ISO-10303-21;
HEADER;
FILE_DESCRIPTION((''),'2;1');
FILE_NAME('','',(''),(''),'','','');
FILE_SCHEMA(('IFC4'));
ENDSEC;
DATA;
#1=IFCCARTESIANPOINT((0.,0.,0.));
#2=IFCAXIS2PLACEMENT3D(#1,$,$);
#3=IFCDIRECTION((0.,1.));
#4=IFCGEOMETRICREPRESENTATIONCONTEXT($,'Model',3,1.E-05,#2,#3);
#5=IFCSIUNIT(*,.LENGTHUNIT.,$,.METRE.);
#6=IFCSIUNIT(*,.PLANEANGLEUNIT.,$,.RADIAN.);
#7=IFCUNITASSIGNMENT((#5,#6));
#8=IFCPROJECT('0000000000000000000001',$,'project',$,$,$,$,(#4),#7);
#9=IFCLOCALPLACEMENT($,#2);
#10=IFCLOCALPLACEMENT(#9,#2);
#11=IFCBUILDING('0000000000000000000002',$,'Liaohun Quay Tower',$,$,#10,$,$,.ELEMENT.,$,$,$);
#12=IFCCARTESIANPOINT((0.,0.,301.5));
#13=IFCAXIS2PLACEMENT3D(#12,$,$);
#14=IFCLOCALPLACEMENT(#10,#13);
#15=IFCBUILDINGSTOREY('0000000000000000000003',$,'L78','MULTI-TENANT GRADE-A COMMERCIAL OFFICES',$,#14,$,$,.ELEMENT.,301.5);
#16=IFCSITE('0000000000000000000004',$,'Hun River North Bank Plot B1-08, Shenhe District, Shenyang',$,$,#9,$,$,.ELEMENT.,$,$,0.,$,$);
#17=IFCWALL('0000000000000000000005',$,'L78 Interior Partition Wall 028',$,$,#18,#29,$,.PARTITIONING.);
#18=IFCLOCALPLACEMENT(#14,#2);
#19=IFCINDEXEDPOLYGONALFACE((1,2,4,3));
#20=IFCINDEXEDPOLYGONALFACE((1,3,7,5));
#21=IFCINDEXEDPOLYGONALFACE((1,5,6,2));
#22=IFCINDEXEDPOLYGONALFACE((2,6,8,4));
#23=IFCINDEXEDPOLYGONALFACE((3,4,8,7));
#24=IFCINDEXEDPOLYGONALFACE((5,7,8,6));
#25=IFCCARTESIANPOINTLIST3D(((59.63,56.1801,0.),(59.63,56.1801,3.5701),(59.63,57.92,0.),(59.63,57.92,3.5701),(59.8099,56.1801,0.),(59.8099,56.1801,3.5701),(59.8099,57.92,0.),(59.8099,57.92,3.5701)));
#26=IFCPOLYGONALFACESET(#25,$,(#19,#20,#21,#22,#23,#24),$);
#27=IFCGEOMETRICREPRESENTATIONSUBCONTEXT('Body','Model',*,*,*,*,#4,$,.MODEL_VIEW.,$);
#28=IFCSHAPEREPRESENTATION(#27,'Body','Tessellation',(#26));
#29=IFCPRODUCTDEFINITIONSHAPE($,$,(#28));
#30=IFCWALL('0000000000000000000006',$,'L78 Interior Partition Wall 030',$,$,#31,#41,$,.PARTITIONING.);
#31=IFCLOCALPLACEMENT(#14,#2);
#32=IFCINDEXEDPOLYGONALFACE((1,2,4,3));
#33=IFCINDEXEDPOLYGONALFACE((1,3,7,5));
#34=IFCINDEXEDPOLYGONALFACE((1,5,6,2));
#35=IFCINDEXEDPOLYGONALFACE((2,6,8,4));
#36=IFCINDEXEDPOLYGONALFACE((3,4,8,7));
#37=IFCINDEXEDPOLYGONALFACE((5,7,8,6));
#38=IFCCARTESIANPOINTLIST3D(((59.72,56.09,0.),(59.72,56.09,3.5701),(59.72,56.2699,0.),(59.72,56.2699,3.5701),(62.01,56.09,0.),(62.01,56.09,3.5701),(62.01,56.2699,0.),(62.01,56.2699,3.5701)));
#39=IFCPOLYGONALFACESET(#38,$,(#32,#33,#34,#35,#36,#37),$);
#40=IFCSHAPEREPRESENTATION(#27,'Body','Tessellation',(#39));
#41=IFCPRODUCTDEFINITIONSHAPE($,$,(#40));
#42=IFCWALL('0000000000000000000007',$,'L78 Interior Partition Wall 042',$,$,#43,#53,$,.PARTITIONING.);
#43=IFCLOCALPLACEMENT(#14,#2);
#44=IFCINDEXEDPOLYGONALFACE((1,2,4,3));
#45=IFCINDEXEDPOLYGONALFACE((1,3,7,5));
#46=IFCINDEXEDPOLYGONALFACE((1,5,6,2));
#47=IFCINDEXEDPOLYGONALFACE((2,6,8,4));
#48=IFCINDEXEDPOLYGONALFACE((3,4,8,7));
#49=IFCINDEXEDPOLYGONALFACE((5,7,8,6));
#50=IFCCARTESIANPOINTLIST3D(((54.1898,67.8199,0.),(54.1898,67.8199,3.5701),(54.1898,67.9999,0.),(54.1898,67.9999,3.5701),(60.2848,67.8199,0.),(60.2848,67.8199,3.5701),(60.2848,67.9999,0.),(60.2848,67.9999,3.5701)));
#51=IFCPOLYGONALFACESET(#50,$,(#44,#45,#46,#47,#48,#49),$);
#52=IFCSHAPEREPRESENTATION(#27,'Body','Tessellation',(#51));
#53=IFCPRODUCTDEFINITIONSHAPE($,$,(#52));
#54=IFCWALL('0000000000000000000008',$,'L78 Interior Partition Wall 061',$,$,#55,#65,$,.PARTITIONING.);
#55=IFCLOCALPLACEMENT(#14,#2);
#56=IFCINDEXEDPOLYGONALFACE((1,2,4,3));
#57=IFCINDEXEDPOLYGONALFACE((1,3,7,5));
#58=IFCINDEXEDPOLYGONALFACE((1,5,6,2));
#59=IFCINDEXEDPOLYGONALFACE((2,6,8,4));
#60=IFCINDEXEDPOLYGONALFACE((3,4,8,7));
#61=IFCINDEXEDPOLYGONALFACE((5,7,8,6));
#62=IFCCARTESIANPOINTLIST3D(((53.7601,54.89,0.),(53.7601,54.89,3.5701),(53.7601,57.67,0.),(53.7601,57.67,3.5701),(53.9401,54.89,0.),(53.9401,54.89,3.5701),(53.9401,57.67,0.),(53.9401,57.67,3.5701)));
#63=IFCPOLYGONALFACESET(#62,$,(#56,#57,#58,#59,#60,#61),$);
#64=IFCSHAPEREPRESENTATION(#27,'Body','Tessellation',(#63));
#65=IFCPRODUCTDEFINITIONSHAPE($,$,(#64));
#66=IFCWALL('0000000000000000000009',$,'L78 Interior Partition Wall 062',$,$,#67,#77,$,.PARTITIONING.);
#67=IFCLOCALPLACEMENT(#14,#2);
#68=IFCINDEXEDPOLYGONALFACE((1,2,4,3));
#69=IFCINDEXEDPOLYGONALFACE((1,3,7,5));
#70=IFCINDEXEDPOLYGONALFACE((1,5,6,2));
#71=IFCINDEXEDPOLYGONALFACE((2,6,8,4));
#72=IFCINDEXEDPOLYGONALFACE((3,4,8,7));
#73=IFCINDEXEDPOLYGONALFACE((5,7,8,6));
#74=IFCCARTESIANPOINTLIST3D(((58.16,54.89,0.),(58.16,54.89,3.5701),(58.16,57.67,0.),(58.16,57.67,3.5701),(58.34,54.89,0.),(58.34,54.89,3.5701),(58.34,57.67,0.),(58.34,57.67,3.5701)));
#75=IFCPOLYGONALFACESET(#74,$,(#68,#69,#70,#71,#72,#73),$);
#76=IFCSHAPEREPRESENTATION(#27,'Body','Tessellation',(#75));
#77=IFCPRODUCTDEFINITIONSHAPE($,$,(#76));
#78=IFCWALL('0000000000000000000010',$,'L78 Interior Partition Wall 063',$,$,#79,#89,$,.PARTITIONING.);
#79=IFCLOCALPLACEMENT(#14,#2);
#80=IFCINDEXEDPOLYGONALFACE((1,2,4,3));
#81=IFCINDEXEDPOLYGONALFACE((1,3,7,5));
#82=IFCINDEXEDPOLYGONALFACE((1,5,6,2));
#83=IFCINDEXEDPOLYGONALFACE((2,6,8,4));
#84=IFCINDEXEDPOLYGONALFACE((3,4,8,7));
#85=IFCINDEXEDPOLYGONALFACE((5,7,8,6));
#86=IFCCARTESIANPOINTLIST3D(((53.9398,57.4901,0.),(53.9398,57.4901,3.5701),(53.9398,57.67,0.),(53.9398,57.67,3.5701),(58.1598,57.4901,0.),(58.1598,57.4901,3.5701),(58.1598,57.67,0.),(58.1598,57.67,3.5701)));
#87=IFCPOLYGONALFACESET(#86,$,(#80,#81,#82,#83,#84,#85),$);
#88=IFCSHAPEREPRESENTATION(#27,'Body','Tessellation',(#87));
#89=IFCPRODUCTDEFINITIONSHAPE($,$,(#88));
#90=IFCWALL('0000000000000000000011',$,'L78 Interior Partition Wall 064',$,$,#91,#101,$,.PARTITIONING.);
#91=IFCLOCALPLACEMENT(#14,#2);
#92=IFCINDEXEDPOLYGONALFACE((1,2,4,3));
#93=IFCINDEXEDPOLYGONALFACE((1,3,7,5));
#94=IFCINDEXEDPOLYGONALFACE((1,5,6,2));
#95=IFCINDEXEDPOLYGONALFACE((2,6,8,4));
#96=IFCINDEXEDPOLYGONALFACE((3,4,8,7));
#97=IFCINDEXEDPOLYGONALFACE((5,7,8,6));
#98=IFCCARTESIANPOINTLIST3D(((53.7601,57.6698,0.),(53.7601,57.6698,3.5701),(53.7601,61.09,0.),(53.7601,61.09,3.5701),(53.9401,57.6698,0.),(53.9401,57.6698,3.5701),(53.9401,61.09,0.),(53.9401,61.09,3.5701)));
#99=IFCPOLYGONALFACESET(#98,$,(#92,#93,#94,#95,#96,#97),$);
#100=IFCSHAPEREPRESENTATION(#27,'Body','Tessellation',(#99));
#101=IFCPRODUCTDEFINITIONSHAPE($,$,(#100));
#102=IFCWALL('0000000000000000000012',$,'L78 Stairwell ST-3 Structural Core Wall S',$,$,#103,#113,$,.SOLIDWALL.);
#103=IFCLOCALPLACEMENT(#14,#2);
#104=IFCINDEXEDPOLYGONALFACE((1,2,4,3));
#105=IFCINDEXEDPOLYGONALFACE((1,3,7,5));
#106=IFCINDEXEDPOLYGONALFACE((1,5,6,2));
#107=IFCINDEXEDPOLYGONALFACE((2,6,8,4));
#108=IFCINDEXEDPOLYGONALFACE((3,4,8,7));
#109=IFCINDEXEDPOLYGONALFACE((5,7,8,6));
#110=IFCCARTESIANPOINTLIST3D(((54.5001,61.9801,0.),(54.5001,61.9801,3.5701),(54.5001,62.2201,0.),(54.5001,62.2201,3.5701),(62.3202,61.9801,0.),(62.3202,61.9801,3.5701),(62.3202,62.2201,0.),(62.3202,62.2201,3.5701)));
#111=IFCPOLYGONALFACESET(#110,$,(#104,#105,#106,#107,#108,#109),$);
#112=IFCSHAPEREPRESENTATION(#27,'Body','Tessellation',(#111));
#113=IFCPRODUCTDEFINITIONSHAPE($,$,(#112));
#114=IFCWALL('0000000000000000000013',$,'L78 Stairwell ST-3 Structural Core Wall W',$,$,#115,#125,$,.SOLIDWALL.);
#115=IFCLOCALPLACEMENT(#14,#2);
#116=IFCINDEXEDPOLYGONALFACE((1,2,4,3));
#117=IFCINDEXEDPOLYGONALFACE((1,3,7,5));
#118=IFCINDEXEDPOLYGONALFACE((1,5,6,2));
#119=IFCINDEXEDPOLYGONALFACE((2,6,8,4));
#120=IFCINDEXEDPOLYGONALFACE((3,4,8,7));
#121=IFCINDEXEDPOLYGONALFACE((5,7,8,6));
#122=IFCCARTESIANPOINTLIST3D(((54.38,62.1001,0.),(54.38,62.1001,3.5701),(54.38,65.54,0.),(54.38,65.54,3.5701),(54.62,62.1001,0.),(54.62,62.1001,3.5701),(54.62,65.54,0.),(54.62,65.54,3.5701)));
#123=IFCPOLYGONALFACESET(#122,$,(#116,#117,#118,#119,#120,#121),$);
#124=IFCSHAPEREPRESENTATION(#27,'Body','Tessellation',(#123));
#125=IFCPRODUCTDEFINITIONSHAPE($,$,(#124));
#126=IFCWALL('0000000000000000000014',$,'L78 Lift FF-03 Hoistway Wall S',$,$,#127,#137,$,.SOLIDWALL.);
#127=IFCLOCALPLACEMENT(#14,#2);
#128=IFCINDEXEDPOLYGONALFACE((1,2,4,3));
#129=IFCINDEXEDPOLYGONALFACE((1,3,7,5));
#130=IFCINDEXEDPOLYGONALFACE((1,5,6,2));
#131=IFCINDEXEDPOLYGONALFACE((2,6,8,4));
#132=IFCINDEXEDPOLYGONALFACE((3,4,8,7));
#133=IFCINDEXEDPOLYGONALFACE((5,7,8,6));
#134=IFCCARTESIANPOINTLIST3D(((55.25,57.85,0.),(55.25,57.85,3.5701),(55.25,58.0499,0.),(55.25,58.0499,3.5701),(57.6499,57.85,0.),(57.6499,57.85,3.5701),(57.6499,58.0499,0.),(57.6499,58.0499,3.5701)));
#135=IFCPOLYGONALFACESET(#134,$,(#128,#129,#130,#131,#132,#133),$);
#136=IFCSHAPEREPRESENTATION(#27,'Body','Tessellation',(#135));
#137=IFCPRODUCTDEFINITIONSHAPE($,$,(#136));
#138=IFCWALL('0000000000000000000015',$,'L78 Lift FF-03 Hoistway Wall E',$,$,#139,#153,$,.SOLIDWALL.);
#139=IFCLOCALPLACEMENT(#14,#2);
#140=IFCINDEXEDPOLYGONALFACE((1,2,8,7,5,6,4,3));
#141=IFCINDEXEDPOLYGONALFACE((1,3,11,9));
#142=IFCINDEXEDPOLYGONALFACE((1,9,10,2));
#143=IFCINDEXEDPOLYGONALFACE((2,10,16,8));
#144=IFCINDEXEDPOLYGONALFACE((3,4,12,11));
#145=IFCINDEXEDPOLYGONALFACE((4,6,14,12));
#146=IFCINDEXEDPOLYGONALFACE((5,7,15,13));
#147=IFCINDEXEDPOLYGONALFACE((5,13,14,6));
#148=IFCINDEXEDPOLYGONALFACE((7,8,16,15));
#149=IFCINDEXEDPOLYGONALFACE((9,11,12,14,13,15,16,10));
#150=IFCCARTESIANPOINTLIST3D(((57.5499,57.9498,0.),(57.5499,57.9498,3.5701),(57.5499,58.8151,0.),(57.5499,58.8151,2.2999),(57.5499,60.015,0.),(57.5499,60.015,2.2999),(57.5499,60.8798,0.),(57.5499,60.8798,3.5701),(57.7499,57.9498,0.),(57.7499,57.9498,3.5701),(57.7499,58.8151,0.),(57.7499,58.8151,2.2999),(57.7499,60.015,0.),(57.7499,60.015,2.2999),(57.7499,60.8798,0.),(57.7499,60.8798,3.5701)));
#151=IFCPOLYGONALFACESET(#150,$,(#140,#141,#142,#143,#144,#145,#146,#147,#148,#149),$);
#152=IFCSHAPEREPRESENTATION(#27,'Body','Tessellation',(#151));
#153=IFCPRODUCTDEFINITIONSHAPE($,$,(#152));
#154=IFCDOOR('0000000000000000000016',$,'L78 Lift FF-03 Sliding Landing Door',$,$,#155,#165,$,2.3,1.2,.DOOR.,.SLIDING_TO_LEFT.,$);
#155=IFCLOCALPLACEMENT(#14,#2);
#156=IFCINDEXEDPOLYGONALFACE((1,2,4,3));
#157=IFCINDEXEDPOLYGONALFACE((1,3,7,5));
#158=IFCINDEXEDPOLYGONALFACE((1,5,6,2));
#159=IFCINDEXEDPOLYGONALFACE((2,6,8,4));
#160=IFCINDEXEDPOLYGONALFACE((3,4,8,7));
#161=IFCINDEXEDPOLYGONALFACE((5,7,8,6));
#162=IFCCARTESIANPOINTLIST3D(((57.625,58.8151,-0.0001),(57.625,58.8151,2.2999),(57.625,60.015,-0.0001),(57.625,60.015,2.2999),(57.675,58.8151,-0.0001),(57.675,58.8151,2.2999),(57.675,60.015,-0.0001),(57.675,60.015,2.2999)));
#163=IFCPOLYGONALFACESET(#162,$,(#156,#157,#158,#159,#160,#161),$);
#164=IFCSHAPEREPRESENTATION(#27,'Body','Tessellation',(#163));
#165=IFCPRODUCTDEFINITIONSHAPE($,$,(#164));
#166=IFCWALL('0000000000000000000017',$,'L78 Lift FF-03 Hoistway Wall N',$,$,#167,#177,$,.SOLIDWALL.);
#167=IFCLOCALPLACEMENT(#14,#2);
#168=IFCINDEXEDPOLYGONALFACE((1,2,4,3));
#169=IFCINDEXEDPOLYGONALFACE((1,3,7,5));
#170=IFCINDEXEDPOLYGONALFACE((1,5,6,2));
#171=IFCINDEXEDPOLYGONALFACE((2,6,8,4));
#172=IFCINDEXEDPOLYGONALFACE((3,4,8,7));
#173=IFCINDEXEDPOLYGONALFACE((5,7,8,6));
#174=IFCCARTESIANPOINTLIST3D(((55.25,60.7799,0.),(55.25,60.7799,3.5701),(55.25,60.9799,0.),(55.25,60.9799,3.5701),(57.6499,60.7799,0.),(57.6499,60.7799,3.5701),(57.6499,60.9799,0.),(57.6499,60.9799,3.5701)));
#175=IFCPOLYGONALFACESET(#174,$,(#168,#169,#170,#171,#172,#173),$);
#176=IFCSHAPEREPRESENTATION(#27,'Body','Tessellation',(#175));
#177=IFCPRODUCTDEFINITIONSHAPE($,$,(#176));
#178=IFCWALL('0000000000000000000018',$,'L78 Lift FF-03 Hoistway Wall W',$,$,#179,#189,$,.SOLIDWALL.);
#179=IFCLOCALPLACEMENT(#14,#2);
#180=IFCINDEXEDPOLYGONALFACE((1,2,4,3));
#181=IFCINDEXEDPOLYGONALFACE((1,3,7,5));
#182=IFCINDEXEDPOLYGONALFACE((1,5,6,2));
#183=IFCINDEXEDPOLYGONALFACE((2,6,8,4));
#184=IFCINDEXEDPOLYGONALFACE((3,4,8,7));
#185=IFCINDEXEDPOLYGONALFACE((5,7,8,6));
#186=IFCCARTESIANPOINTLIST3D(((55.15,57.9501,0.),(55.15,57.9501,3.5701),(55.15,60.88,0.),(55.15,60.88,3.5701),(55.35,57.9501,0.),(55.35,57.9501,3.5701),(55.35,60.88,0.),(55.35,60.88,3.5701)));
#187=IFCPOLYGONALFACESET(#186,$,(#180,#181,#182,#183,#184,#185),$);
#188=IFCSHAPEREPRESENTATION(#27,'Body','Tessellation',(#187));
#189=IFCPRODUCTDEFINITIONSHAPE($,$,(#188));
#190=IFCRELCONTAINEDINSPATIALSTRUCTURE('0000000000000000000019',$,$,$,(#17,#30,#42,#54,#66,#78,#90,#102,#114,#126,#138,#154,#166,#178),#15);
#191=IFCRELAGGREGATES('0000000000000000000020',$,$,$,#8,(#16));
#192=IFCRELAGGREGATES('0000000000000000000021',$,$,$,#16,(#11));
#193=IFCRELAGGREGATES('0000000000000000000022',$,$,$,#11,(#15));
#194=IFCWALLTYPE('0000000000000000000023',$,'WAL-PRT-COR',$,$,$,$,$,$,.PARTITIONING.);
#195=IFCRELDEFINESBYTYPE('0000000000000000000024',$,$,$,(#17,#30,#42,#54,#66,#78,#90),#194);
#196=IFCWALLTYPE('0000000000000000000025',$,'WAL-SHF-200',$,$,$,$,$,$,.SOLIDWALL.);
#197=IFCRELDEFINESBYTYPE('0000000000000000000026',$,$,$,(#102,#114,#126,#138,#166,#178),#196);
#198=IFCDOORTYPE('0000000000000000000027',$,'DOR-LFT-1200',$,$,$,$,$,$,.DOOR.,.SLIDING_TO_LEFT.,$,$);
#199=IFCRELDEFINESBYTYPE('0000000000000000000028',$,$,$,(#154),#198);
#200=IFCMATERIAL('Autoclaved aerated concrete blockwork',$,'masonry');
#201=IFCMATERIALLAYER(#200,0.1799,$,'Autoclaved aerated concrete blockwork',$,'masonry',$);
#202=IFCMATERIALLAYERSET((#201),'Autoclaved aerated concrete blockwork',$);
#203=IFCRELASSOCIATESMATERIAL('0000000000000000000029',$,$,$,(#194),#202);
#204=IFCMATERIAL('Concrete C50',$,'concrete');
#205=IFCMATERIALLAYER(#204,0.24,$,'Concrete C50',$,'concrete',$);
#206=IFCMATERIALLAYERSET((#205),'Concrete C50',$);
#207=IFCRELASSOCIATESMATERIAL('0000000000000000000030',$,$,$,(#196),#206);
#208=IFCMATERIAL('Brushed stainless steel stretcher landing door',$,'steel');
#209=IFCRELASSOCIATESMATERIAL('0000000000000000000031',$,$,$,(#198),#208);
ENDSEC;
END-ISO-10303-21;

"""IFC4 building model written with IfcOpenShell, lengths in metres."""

from ifc_helpers import new_model, si_unit, direction, frame, frame_2d, origin, place, context, subcontext, project, spatial, rectangle, extrude, source, transform, mapped, material, layer, layer_set, type_object, element, fill, save


model = new_model("IFC4")

# Units and contexts
model_context = context("Model", 3, precision=1e-05, world=origin(), true_north=direction((0.0, 1.0)))
body_context = subcontext(model_context, "Body", "Model", "MODEL_VIEW")
ifc_project = project(units=[si_unit("LENGTHUNIT", "METRE"), si_unit("PLANEANGLEUNIT", "RADIAN")], contexts=[model_context])

# Site, building, storey
site_placement = place(None, origin())
site = spatial("IfcSite", under=ifc_project, at=site_placement, Name="Hun River North Bank Plot B1-08, Shenhe District, Shenyang", CompositionType="ELEMENT", RefElevation=0.0)
building_placement = place(site_placement, origin())
building = spatial("IfcBuilding", under=site, at=building_placement, Name="Liaohun Quay Tower", CompositionType="ELEMENT")
storey_placement = place(building_placement, frame((0.0, 0.0, 301.5)))
storey = spatial("IfcBuildingStorey", under=building, at=storey_placement, Name="L78", Description="MULTI-TENANT GRADE-A COMMERCIAL OFFICES", CompositionType="ELEMENT", Elevation=301.5)

# Shared definitions
ifc_material_1 = material(Name="Concrete C50", Category="concrete")

# Shared definitions
ifc_material_2 = material(Name="Autoclaved aerated concrete blockwork", Category="masonry")
ifc_layer_1 = layer(ifc_material_2, 0.1799, Name="Autoclaved aerated concrete blockwork", Category="masonry")
ifc_layer_set_1 = layer_set([ifc_layer_1], Name="Autoclaved aerated concrete blockwork")
wall_type_1 = type_object("IfcWallType", Name="WAL-PRT-COR", PredefinedType="PARTITIONING", material=ifc_layer_set_1)

# Walls
wall_1_placement = place(storey_placement, frame((59.72, 56.1799, 0.0), z_axis=(0.0, 0.0, 1.0), x_axis=(0.0, 1.0, 0.0)))
element("IfcWall", 1, at=wall_1_placement, inside=storey, type_object=wall_type_1, Name="L78 Interior Partition Wall 028", PredefinedType="PARTITIONING", context=body_context, shape_type="SweptSolid", body=[
    extrude(rectangle(XDim=1.74, YDim=0.1799, at=frame_2d((0.8701, 0.0))), origin(), (0.0, 0.0, 1.0), 3.5701),
])
wall_2_placement = place(storey_placement, frame((59.72, 56.1799, 0.0), z_axis=(0.0, 0.0, 1.0), x_axis=(1.0, 0.0, 0.0)))
element("IfcWall", 2, at=wall_2_placement, inside=storey, type_object=wall_type_1, Name="L78 Interior Partition Wall 030", PredefinedType="PARTITIONING", context=body_context, shape_type="SweptSolid", body=[
    extrude(rectangle(XDim=2.29, YDim=0.1799, at=frame_2d((1.145, 0.0))), origin(), (0.0, 0.0, 1.0), 3.5701),
])
wall_3_placement = place(storey_placement, frame((54.1899, 67.9099, 0.0), z_axis=(0.0, 0.0, 1.0), x_axis=(1.0, 0.0, 0.0)))
element("IfcWall", 3, at=wall_3_placement, inside=storey, type_object=wall_type_1, Name="L78 Interior Partition Wall 042", PredefinedType="PARTITIONING", context=body_context, shape_type="SweptSolid", body=[
    extrude(rectangle(XDim=6.095, YDim=0.1799, at=frame_2d((3.0474, 0.0))), origin(), (0.0, 0.0, 1.0), 3.5701),
])
for number, where, z_axis, x_axis, name in (
    (4, (53.8501, 54.8899, 0.0), (0.0, 0.0, 1.0), (0.0, 1.0, 0.0), "L78 Interior Partition Wall 061"),
    (5, (58.25, 54.8899, 0.0), (0.0, 0.0, 1.0), (0.0, 1.0, 0.0), "L78 Interior Partition Wall 062"),
):
    element("IfcWall", number, at=place(storey_placement, frame(where, z_axis=z_axis, x_axis=x_axis)), inside=storey, type_object=wall_type_1, Name=name, PredefinedType="PARTITIONING", context=body_context, shape_type="SweptSolid", body=[
        extrude(rectangle(XDim=2.78, YDim=0.1799, at=frame_2d((1.3901, 0.0))), origin(), (0.0, 0.0, 1.0), 3.5701),
    ])
wall_4_placement = place(storey_placement, frame((53.9399, 57.5801, 0.0), z_axis=(0.0, 0.0, 1.0), x_axis=(1.0, 0.0, 0.0)))
element("IfcWall", 6, at=wall_4_placement, inside=storey, type_object=wall_type_1, Name="L78 Interior Partition Wall 063", PredefinedType="PARTITIONING", context=body_context, shape_type="SweptSolid", body=[
    extrude(rectangle(XDim=4.22, YDim=0.1799, at=frame_2d((2.1099, 0.0))), origin(), (0.0, 0.0, 1.0), 3.5701),
])
wall_5_placement = place(storey_placement, frame((53.8501, 57.6699, 0.0), z_axis=(0.0, 0.0, 1.0), x_axis=(0.0, 1.0, 0.0)))
element("IfcWall", 7, at=wall_5_placement, inside=storey, type_object=wall_type_1, Name="L78 Interior Partition Wall 064", PredefinedType="PARTITIONING", context=body_context, shape_type="SweptSolid", body=[
    extrude(rectangle(XDim=3.4202, YDim=0.1799, at=frame_2d((1.71, 0.0))), origin(), (0.0, 0.0, 1.0), 3.5701),
])
ifc_layer_2 = layer(ifc_material_1, 0.24, Name="Concrete C50", Category="concrete")
ifc_layer_set_2 = layer_set([ifc_layer_2], Name="Concrete C50")
wall_type_2 = type_object("IfcWallType", Name="WAL-SHF-200", PredefinedType="SOLIDWALL", material=ifc_layer_set_2)
wall_6_placement = place(storey_placement, frame((54.5, 62.1001, 0.0), z_axis=(0.0, 0.0, 1.0), x_axis=(1.0, 0.0, 0.0)))
element("IfcWall", 8, at=wall_6_placement, inside=storey, type_object=wall_type_2, Name="L78 Stairwell ST-3 Structural Core Wall S", PredefinedType="SOLIDWALL", context=body_context, shape_type="SweptSolid", body=[
    extrude(rectangle(XDim=7.8201, YDim=0.24, at=frame_2d((3.9102, 0.0))), origin(), (0.0, 0.0, 1.0), 3.5701),
])
wall_7_placement = place(storey_placement, frame((54.5, 65.54, 0.0), z_axis=(0.0, 0.0, 1.0), x_axis=(0.0, -1.0, 0.0)))
element("IfcWall", 9, at=wall_7_placement, inside=storey, type_object=wall_type_2, Name="L78 Stairwell ST-3 Structural Core Wall W", PredefinedType="SOLIDWALL", context=body_context, shape_type="SweptSolid", body=[
    extrude(rectangle(XDim=3.4399, YDim=0.24, at=frame_2d((1.72, 0.0))), origin(), (0.0, 0.0, 1.0), 3.5701),
])
wall_8_placement = place(storey_placement, frame((55.25, 57.95, 0.0), z_axis=(0.0, 0.0, 1.0), x_axis=(1.0, 0.0, 0.0)))
element("IfcWall", 10, at=wall_8_placement, inside=storey, type_object=wall_type_2, Name="L78 Lift FF-03 Hoistway Wall S", PredefinedType="SOLIDWALL", context=body_context, shape_type="SweptSolid", body=[
    extrude(rectangle(XDim=2.3999, YDim=0.2, at=frame_2d((1.2, 0.0))), origin(), (0.0, 0.0, 1.0), 3.5701),
])

# Wall, opening, door
wall_9_placement = place(storey_placement, frame((57.6499, 57.95, 0.0), z_axis=(0.0, 0.0, 1.0), x_axis=(0.0, 1.0, 0.0)))
wall_9 = element("IfcWall", 11, at=wall_9_placement, inside=storey, type_object=wall_type_2, Name="L78 Lift FF-03 Hoistway Wall E", PredefinedType="SOLIDWALL", context=body_context, shape_type="SweptSolid", body=[
    extrude(rectangle(XDim=2.9299, YDim=0.2, at=frame_2d((1.4648, 0.0))), origin(), (0.0, 0.0, 1.0), 3.5701),
])
shared_shape_1 = source(origin(), body_context, "Body", "SweptSolid", [
    extrude(rectangle(XDim=1.2, YDim=2.3, at=frame_2d((0.6001, 1.1499))), frame((0.0, 0.1099, 0.0), z_axis=(0.0, -1.0, 0.0), x_axis=(1.0, 0.0, 0.0)), (0.0, 0.0, 1.0), 0.22),
])
opening_1_placement = place(wall_9_placement, frame((0.865, 0.0, 0.0)))
opening_1 = element("IfcOpeningElement", 12, at=opening_1_placement, cuts=wall_9, PredefinedType="OPENING", context=body_context, shape_type="MappedRepresentation", body=[
    mapped(shared_shape_1, transform((0.0, 0.0, 0.0), x_axis=(1.0, 0.0, 0.0), y_axis=(0.0, 1.0, 0.0), z_axis=(0.0, 0.0, 1.0), scale=1.0)),
])
ifc_material_3 = material(Name="Brushed stainless steel stretcher landing door", Category="steel")
door_type_1 = type_object("IfcDoorType", Name="DOR-LFT-1200", OperationType="SLIDING_TO_LEFT", PredefinedType="DOOR", material=ifc_material_3)
shared_shape_2 = source(origin(), body_context, "Body", "SweptSolid", [
    extrude(rectangle(XDim=1.2, YDim=2.3, at=frame_2d((0.6001, 1.1499))), frame((0.0, 0.0249, 0.0), z_axis=(0.0, -1.0, 0.0), x_axis=(1.0, 0.0, 0.0)), (0.0, 0.0, 1.0), 0.05),
])
door_1_placement = place(opening_1_placement, origin())
door_1 = element("IfcDoor", 13, at=door_1_placement, inside=storey, type_object=door_type_1, Name="L78 Lift FF-03 Sliding Landing Door", OperationType="SLIDING_TO_LEFT", OverallHeight=2.3, OverallWidth=1.2, PredefinedType="DOOR", context=body_context, shape_type="MappedRepresentation", body=[
    mapped(shared_shape_2, transform((0.0, 0.0, 0.0), x_axis=(1.0, 0.0, 0.0), y_axis=(0.0, 1.0, 0.0), z_axis=(0.0, 0.0, 1.0), scale=1.0)),
])
fill(opening_1, door_1)

# Walls
wall_10_placement = place(storey_placement, frame((57.6499, 60.8799, 0.0), z_axis=(0.0, 0.0, 1.0), x_axis=(-1.0, 0.0, 0.0)))
element("IfcWall", 14, at=wall_10_placement, inside=storey, type_object=wall_type_2, Name="L78 Lift FF-03 Hoistway Wall N", PredefinedType="SOLIDWALL", context=body_context, shape_type="SweptSolid", body=[
    extrude(rectangle(XDim=2.3999, YDim=0.2, at=frame_2d((1.2, 0.0))), origin(), (0.0, 0.0, 1.0), 3.5701),
])
wall_11_placement = place(storey_placement, frame((55.25, 60.8799, 0.0), z_axis=(0.0, 0.0, 1.0), x_axis=(0.0, -1.0, 0.0)))
element("IfcWall", 15, at=wall_11_placement, inside=storey, type_object=wall_type_2, Name="L78 Lift FF-03 Hoistway Wall W", PredefinedType="SOLIDWALL", context=body_context, shape_type="SweptSolid", body=[
    extrude(rectangle(XDim=2.9299, YDim=0.2, at=frame_2d((1.4648, 0.0))), origin(), (0.0, 0.0, 1.0), 3.5701),
])

save(model, "model.ifc")
